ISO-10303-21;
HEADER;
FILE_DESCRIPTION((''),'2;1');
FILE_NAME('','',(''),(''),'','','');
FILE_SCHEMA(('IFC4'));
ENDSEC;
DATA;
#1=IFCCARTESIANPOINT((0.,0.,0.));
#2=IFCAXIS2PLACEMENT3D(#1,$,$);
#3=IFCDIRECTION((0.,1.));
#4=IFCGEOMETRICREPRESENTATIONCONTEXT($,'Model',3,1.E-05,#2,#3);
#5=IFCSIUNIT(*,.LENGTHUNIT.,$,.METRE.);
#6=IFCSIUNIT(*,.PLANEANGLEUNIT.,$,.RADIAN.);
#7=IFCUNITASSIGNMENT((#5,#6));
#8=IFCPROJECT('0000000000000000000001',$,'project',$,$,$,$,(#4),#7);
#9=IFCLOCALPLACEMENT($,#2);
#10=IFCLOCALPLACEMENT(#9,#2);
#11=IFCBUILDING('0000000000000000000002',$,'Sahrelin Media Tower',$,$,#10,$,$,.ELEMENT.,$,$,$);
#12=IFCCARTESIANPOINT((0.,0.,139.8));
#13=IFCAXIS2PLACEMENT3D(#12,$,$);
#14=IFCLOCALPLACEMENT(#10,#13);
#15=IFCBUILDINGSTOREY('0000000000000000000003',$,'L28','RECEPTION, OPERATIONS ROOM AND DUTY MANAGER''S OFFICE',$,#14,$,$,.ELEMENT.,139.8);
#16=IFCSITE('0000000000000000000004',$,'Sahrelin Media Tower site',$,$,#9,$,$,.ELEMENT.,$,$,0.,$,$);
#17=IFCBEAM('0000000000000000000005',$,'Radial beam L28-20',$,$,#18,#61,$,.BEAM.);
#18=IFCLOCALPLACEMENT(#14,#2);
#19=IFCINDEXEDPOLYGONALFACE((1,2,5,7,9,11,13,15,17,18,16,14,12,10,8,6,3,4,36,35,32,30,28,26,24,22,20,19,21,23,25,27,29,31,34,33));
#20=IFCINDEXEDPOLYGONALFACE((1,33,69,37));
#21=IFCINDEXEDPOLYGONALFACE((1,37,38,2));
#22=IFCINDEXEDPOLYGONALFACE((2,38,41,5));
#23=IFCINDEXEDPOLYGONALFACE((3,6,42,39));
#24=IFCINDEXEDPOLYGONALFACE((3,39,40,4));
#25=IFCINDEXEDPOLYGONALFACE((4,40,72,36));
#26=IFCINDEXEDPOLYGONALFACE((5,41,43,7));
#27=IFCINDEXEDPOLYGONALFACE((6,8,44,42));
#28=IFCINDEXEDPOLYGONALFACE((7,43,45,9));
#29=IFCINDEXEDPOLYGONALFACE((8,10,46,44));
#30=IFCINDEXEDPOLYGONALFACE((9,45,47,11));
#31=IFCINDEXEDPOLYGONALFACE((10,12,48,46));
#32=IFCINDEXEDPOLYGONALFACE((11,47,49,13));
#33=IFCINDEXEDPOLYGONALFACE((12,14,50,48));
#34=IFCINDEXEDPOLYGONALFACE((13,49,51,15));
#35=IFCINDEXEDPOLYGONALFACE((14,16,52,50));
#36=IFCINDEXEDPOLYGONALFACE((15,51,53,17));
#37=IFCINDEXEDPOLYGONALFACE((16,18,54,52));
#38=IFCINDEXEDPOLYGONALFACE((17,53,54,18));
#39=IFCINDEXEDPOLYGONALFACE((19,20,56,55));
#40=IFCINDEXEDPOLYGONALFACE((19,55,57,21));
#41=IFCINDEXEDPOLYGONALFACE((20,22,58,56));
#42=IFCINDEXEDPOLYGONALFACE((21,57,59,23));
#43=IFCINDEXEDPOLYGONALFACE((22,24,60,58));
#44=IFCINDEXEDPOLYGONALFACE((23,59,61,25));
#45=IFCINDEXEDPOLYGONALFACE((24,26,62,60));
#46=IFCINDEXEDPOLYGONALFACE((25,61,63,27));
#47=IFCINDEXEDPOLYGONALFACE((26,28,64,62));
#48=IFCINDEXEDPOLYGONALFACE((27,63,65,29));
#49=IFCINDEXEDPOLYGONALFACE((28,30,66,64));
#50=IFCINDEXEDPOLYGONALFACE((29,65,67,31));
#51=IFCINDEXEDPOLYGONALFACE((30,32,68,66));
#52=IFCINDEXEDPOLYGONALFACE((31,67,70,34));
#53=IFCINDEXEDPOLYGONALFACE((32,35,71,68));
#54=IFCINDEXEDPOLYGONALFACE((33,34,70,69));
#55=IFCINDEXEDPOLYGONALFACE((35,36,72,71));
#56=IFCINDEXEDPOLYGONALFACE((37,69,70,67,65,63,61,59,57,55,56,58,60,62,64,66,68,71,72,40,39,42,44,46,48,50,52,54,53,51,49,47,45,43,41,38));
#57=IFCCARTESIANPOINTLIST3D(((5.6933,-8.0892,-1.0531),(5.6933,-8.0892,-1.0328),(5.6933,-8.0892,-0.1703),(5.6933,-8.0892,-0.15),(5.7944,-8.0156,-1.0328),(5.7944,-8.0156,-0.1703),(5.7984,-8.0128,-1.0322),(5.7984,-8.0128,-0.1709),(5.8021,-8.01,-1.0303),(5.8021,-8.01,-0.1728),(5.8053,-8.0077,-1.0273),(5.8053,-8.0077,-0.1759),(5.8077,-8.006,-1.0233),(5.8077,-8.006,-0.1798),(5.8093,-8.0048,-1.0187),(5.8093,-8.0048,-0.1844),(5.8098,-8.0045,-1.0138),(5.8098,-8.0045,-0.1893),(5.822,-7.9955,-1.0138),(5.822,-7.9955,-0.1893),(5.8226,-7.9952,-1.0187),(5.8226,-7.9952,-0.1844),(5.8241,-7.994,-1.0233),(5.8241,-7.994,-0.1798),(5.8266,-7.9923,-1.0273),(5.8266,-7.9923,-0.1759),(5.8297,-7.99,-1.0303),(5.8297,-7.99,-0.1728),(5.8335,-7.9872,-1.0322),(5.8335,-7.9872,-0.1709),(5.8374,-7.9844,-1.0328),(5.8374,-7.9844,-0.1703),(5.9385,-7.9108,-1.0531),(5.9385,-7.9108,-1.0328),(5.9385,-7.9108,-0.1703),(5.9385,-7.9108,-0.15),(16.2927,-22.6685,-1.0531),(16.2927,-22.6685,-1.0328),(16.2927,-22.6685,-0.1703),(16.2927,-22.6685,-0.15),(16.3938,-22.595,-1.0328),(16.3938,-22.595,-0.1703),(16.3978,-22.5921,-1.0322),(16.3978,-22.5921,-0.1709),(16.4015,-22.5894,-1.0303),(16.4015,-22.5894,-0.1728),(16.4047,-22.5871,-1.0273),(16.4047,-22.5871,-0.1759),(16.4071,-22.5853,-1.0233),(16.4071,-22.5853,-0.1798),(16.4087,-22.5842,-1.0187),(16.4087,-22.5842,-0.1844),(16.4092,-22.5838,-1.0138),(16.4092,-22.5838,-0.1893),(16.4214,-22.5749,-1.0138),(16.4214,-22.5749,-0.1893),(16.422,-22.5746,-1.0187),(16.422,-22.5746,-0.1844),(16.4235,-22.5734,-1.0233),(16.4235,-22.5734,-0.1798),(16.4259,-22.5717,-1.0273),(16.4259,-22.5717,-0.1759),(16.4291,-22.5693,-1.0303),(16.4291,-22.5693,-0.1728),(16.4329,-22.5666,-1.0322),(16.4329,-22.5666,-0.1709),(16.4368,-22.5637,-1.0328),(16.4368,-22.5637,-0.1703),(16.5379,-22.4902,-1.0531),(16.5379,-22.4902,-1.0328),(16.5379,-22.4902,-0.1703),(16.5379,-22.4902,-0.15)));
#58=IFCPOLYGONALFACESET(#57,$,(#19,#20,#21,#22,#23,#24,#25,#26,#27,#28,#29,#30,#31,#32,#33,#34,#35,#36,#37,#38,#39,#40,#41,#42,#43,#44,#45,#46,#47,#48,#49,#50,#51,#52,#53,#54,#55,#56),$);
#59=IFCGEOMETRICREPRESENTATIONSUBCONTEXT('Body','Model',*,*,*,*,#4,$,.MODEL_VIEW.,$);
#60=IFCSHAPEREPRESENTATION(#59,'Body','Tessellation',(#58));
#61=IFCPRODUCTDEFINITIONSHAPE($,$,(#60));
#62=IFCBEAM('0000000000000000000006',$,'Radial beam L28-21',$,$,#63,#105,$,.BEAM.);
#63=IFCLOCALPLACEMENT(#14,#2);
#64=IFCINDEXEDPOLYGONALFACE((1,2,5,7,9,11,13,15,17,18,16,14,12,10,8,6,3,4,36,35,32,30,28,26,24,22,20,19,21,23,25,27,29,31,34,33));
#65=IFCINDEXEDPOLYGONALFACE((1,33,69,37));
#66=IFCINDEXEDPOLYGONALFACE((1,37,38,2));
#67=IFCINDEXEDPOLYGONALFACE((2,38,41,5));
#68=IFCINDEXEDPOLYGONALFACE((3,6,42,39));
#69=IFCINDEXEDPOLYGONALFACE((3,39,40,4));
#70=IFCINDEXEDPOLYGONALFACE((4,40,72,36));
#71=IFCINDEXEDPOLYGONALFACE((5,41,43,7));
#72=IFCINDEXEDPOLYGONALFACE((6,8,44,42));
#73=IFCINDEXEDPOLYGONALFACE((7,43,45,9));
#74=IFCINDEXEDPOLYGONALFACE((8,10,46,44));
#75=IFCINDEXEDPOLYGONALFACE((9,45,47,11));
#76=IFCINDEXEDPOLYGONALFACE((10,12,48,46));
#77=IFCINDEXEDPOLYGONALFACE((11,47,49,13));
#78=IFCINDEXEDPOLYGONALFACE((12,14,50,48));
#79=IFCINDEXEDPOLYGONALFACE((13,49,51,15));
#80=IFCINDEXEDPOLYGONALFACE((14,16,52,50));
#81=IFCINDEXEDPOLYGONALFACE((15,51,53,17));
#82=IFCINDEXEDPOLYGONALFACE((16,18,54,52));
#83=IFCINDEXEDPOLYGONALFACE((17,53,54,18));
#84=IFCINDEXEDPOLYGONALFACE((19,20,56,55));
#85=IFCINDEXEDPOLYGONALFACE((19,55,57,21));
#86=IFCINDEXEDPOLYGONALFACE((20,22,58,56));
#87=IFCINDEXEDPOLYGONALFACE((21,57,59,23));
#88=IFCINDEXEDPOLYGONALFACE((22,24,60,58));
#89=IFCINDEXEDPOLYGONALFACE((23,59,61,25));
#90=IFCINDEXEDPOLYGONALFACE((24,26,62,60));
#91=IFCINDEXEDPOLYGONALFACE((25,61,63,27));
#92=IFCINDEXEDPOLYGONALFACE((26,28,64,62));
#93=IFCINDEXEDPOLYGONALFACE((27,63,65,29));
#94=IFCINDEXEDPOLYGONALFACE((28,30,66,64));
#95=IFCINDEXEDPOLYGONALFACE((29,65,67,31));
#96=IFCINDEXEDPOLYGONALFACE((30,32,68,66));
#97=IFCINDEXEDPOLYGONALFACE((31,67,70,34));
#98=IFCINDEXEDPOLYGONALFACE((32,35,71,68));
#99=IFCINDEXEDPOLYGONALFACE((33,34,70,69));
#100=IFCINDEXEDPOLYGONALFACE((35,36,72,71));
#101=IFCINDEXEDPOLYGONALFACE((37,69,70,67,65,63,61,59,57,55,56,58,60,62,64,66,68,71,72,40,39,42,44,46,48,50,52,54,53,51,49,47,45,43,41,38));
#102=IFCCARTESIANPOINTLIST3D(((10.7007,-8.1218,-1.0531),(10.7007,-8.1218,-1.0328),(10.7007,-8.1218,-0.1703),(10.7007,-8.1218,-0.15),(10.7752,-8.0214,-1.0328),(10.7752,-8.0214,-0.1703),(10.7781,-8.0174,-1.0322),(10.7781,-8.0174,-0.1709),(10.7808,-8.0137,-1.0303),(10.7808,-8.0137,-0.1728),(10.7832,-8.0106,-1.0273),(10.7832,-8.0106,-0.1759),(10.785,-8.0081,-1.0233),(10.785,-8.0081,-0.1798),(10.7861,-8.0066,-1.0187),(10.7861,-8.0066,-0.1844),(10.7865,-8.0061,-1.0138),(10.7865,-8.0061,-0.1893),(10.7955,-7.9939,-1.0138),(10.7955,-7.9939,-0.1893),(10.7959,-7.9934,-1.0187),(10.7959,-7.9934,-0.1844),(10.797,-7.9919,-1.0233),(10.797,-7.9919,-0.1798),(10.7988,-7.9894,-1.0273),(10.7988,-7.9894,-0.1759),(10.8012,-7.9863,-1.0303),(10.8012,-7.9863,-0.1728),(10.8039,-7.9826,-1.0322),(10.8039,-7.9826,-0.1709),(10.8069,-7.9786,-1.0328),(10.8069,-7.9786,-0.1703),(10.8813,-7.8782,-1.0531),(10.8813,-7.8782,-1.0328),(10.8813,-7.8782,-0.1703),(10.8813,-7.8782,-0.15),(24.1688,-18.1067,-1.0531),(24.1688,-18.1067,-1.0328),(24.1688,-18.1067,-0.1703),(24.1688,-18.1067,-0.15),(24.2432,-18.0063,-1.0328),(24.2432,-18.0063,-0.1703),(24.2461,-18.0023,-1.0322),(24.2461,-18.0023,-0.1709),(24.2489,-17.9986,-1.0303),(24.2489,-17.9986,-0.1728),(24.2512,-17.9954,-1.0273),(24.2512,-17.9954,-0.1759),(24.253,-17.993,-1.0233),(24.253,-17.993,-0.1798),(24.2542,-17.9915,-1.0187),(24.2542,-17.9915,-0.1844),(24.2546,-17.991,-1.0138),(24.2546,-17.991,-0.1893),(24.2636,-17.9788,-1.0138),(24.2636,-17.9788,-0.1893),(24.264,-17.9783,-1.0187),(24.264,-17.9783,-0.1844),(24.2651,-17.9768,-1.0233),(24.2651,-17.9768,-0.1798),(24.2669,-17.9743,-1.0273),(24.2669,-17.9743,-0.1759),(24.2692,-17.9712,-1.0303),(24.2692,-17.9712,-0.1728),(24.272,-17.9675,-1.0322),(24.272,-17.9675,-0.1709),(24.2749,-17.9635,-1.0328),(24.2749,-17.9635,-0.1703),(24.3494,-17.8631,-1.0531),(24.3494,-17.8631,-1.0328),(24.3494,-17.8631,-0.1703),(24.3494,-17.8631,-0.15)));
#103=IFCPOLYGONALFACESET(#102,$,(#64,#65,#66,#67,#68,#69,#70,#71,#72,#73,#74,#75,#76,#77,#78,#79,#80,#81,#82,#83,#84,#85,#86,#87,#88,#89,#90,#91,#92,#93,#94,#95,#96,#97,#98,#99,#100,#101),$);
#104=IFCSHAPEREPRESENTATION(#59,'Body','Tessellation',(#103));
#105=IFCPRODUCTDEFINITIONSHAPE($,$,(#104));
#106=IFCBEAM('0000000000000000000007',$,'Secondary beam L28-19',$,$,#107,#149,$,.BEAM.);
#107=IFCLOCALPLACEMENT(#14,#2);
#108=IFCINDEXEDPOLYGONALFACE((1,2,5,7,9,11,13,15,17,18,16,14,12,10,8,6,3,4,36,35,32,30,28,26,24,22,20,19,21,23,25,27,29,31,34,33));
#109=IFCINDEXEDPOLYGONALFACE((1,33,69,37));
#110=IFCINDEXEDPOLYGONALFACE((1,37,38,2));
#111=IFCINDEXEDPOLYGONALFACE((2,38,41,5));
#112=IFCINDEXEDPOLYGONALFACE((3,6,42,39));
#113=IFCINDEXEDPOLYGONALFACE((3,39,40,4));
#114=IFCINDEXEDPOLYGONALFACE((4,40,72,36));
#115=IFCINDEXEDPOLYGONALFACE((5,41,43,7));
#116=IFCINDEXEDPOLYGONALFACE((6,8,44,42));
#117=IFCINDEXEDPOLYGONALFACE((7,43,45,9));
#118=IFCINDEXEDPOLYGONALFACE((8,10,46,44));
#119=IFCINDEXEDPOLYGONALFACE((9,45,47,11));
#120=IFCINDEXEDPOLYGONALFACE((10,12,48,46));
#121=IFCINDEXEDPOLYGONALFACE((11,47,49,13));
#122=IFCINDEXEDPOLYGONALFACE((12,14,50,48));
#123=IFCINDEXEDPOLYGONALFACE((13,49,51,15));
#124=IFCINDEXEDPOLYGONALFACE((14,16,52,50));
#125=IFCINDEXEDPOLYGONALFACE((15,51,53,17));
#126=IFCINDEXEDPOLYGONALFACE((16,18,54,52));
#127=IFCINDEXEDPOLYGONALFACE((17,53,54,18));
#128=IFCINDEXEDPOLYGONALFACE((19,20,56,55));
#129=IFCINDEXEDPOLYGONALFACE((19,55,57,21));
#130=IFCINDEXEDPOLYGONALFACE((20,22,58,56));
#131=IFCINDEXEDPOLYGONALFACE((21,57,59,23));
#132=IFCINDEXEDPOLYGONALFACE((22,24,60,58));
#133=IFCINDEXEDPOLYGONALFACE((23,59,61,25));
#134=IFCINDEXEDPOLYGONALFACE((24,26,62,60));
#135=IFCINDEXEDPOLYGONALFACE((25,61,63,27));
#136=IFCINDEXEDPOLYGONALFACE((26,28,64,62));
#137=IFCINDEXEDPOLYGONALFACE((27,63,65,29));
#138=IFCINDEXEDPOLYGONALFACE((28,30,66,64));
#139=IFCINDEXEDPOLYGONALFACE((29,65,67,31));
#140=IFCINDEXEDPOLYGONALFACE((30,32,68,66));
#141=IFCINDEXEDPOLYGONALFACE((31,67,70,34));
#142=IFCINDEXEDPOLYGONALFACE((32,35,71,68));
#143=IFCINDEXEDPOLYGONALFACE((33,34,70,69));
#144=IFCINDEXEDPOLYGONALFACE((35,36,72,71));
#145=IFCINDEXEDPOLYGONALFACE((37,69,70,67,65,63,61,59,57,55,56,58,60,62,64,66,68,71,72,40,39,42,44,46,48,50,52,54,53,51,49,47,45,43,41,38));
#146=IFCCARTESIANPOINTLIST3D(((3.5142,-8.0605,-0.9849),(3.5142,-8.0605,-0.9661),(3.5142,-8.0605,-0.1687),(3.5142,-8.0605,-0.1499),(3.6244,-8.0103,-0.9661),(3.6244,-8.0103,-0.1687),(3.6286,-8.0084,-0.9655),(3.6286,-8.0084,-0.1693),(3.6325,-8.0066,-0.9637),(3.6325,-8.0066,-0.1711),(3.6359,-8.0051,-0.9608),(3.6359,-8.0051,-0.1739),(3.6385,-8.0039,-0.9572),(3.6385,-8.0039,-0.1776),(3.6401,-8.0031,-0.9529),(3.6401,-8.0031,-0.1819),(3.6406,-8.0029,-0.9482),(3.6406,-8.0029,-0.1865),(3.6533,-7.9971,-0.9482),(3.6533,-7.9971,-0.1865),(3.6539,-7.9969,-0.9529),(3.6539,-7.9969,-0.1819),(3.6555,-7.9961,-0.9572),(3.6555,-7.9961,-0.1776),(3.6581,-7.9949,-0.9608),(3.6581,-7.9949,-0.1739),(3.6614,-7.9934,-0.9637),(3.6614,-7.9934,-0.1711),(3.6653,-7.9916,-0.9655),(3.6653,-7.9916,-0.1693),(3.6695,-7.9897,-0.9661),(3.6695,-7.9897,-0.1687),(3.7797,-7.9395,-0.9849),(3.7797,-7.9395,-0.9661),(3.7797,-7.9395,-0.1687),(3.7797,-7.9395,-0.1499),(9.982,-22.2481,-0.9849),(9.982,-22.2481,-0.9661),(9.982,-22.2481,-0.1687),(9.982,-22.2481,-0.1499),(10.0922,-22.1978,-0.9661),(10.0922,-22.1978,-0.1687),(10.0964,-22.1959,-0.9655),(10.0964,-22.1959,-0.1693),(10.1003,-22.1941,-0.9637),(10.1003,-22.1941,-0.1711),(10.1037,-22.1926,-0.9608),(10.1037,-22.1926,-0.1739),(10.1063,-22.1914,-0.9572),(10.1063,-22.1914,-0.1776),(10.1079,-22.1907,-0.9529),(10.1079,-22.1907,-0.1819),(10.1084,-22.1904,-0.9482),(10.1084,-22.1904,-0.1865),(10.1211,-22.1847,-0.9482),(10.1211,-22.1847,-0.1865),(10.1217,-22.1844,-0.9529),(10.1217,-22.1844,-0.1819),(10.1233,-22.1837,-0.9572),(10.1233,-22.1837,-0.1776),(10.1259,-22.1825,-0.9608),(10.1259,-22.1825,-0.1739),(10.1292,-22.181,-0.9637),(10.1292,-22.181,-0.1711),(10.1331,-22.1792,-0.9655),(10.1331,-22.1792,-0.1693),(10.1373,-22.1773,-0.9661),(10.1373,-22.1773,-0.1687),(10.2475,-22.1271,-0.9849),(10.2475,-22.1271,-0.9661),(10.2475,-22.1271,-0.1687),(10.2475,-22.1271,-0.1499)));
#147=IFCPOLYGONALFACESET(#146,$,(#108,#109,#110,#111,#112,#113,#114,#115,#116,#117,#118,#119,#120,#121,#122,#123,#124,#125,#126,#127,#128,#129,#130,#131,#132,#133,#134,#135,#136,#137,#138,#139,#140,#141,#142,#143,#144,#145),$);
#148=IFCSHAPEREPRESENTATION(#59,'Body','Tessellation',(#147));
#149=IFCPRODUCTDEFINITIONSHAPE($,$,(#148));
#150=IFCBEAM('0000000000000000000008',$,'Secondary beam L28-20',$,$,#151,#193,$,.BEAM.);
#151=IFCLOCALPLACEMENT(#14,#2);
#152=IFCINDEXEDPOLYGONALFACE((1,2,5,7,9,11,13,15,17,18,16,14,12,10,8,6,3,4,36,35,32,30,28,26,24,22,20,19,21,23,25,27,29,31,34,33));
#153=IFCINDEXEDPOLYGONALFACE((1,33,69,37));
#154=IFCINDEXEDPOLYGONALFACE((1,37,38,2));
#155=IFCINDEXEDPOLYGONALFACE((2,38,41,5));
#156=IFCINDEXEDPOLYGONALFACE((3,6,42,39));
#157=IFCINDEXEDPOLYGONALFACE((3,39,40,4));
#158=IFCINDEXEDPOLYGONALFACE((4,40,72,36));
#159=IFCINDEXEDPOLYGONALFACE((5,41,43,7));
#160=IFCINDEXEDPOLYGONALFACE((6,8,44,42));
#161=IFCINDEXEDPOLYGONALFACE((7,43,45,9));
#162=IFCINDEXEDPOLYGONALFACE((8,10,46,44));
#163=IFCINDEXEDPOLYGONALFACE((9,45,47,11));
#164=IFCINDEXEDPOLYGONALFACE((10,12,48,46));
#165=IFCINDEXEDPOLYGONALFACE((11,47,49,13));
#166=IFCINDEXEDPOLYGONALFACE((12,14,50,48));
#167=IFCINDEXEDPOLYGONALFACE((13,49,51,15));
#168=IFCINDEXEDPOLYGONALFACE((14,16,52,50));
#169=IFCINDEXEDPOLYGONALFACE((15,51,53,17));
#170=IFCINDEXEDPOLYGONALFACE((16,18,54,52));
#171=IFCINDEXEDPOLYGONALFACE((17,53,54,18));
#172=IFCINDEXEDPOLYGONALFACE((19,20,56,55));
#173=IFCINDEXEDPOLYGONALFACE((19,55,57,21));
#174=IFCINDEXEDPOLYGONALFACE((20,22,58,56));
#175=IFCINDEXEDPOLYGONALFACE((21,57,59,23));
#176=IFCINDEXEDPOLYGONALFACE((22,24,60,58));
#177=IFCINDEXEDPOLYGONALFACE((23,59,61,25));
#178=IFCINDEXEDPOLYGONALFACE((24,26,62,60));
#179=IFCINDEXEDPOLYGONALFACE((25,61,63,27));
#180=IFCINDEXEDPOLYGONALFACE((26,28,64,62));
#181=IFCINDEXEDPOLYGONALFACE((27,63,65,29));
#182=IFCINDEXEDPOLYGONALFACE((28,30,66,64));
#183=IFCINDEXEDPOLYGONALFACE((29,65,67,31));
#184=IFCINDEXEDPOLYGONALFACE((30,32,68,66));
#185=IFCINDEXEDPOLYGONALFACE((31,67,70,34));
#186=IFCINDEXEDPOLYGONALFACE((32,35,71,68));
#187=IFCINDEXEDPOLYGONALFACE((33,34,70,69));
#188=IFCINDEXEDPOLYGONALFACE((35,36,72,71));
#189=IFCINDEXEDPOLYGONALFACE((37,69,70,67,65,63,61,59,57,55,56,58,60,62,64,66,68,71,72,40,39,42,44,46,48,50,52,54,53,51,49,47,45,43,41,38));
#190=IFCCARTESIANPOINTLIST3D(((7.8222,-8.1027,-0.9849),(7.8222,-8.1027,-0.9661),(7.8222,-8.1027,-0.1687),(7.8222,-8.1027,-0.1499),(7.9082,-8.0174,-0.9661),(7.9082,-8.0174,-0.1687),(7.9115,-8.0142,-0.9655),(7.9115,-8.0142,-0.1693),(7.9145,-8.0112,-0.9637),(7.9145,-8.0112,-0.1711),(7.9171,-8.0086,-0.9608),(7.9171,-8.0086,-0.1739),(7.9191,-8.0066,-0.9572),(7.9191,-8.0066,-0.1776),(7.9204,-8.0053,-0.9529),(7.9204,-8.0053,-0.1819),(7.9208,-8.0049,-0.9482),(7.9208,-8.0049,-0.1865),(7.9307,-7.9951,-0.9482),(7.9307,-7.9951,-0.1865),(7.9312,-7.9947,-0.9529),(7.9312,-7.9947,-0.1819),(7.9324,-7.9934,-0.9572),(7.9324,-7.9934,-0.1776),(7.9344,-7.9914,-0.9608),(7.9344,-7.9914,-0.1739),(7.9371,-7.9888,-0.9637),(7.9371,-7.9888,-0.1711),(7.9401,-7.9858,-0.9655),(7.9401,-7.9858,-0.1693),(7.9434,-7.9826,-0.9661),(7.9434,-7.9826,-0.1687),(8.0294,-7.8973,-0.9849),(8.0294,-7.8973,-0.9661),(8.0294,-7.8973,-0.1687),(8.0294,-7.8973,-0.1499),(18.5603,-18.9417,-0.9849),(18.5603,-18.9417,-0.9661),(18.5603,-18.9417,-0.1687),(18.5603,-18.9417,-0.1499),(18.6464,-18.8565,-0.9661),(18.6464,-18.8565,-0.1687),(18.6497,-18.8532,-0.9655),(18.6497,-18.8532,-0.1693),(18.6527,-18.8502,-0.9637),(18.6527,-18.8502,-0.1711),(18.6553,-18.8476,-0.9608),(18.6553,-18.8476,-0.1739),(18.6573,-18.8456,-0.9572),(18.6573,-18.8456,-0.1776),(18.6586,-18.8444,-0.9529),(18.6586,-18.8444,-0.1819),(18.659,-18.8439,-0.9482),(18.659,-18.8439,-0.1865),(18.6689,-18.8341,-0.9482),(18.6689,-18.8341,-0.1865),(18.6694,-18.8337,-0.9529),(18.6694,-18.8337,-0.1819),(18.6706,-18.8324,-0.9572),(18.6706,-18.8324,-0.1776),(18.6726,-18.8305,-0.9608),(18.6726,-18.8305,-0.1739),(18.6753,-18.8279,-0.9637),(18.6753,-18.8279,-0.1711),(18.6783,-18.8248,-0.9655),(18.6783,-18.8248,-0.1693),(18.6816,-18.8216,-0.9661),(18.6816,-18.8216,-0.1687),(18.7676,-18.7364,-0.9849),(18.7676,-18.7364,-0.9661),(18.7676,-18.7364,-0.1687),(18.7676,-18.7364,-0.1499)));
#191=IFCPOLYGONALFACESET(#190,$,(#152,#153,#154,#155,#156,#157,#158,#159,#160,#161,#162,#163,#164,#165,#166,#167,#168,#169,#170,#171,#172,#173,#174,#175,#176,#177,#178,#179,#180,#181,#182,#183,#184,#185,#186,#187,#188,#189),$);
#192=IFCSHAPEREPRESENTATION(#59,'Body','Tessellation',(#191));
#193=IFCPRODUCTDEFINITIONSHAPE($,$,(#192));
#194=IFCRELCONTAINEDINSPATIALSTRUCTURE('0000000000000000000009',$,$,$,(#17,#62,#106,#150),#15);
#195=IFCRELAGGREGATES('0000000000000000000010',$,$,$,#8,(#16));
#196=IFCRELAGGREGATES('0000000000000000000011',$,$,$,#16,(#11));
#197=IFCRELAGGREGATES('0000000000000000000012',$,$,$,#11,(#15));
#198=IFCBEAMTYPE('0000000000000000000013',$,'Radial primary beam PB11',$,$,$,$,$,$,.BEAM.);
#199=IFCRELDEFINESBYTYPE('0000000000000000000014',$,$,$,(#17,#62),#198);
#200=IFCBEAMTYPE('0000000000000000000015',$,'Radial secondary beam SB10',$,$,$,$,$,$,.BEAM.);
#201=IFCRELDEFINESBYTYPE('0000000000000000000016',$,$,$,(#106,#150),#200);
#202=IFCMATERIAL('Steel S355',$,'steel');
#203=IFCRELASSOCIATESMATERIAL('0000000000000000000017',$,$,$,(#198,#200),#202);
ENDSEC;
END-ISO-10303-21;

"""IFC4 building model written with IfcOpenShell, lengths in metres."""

from ifc_helpers import new_model, si_unit, direction, frame, origin, origin_2d, place, context, subcontext, project, spatial, i_section, extrude, material, material_profile, profile_set, type_object, element, save


model = new_model("IFC4")

# Units and contexts
model_context = context("Model", 3, precision=1e-05, world=origin(), true_north=direction((0.0, 1.0)))
body_context = subcontext(model_context, "Body", "Model", "MODEL_VIEW")
ifc_project = project(units=[si_unit("LENGTHUNIT", "METRE"), si_unit("PLANEANGLEUNIT", "RADIAN")], contexts=[model_context])

# Site, building, storey
site_placement = place(None, origin())
site = spatial("IfcSite", under=ifc_project, at=site_placement, Name="Sahrelin Media Tower site", CompositionType="ELEMENT", RefElevation=0.0)
building_placement = place(site_placement, origin())
building = spatial("IfcBuilding", under=site, at=building_placement, Name="Sahrelin Media Tower", CompositionType="ELEMENT")
storey_placement = place(building_placement, frame((0.0, 0.0, 139.8)))
storey = spatial("IfcBuildingStorey", under=building, at=storey_placement, Name="L28", Description="RECEPTION, OPERATIONS ROOM AND DUTY MANAGER'S OFFICE", CompositionType="ELEMENT", Elevation=139.8)

# Shared definitions
ifc_material_1 = material(Name="Steel S355", Category="steel")

# Beams
ifc_material_profile_1 = material_profile(ifc_material_1, i_section(OverallWidth=0.3032, OverallDepth=0.9031, WebThickness=0.0151, FlangeThickness=0.0203, FilletRadius=0.019, at=origin_2d()), Name="UB 914x305x201")
ifc_profile_set_1 = profile_set([ifc_material_profile_1], Name="Steel S355")
beam_type_1 = type_object("IfcBeamType", Name="Radial primary beam PB11", PredefinedType="BEAM", material=ifc_profile_set_1)
beam_1_placement = place(storey_placement, frame((5.8159, -8.0, -0.6016), z_axis=(0.588034, -0.808836, 0.0), x_axis=(0.808836, 0.588034, 0.0)))
element("IfcBeam", 1, at=beam_1_placement, inside=storey, type_object=beam_type_1, Name="Radial beam L28-20", PredefinedType="BEAM", context=body_context, shape_type="SweptSolid", body=[
    extrude(i_section(OverallWidth=0.3032, OverallDepth=0.9031, WebThickness=0.0151, FlangeThickness=0.0203, FilletRadius=0.019, at=origin_2d()), origin(), (0.0, 0.0, 1.0), 18.0251),
])
beam_2_placement = place(storey_placement, frame((10.791, -8.0, -0.6016), z_axis=(0.803313, -0.595557, 0.0), x_axis=(0.595557, 0.803313, 0.0)))
element("IfcBeam", 2, at=beam_2_placement, inside=storey, type_object=beam_type_1, Name="Radial beam L28-21", PredefinedType="BEAM", context=body_context, shape_type="SweptSolid", body=[
    extrude(i_section(OverallWidth=0.3032, OverallDepth=0.9031, WebThickness=0.0151, FlangeThickness=0.0203, FilletRadius=0.019, at=origin_2d()), origin(), (0.0, 0.0, 1.0), 16.7656),
])
ifc_material_profile_2 = material_profile(ifc_material_1, i_section(OverallWidth=0.2917, OverallDepth=0.835, WebThickness=0.0139, FlangeThickness=0.0188, FilletRadius=0.0178, at=origin_2d()), Name="UB 838x292x176")
ifc_profile_set_2 = profile_set([ifc_material_profile_2], Name="Steel S355")
beam_type_2 = type_object("IfcBeamType", Name="Radial secondary beam SB10", PredefinedType="BEAM", material=ifc_profile_set_2)
beam_3_placement = place(storey_placement, frame((3.647, -8.0, -0.5674), z_axis=(0.414808, -0.909909, 0.0), x_axis=(0.909909, 0.414808, 0.0)))
element("IfcBeam", 3, at=beam_3_placement, inside=storey, type_object=beam_type_2, Name="Secondary beam L28-19", PredefinedType="BEAM", context=body_context, shape_type="SweptSolid", body=[
    extrude(i_section(OverallWidth=0.2917, OverallDepth=0.835, WebThickness=0.0139, FlangeThickness=0.0188, FilletRadius=0.0178, at=origin_2d()), origin(), (0.0, 0.0, 1.0), 15.5923),
])
beam_4_placement = place(storey_placement, frame((7.9258, -8.0, -0.5674), z_axis=(0.703795, -0.710403, 0.0), x_axis=(0.710403, 0.703795, 0.0)))
element("IfcBeam", 4, at=beam_4_placement, inside=storey, type_object=beam_type_2, Name="Secondary beam L28-20", PredefinedType="BEAM", context=body_context, shape_type="SweptSolid", body=[
    extrude(i_section(OverallWidth=0.2917, OverallDepth=0.835, WebThickness=0.0139, FlangeThickness=0.0188, FilletRadius=0.0178, at=origin_2d()), origin(), (0.0, 0.0, 1.0), 15.2576),
])

save(model, "model.ifc")
